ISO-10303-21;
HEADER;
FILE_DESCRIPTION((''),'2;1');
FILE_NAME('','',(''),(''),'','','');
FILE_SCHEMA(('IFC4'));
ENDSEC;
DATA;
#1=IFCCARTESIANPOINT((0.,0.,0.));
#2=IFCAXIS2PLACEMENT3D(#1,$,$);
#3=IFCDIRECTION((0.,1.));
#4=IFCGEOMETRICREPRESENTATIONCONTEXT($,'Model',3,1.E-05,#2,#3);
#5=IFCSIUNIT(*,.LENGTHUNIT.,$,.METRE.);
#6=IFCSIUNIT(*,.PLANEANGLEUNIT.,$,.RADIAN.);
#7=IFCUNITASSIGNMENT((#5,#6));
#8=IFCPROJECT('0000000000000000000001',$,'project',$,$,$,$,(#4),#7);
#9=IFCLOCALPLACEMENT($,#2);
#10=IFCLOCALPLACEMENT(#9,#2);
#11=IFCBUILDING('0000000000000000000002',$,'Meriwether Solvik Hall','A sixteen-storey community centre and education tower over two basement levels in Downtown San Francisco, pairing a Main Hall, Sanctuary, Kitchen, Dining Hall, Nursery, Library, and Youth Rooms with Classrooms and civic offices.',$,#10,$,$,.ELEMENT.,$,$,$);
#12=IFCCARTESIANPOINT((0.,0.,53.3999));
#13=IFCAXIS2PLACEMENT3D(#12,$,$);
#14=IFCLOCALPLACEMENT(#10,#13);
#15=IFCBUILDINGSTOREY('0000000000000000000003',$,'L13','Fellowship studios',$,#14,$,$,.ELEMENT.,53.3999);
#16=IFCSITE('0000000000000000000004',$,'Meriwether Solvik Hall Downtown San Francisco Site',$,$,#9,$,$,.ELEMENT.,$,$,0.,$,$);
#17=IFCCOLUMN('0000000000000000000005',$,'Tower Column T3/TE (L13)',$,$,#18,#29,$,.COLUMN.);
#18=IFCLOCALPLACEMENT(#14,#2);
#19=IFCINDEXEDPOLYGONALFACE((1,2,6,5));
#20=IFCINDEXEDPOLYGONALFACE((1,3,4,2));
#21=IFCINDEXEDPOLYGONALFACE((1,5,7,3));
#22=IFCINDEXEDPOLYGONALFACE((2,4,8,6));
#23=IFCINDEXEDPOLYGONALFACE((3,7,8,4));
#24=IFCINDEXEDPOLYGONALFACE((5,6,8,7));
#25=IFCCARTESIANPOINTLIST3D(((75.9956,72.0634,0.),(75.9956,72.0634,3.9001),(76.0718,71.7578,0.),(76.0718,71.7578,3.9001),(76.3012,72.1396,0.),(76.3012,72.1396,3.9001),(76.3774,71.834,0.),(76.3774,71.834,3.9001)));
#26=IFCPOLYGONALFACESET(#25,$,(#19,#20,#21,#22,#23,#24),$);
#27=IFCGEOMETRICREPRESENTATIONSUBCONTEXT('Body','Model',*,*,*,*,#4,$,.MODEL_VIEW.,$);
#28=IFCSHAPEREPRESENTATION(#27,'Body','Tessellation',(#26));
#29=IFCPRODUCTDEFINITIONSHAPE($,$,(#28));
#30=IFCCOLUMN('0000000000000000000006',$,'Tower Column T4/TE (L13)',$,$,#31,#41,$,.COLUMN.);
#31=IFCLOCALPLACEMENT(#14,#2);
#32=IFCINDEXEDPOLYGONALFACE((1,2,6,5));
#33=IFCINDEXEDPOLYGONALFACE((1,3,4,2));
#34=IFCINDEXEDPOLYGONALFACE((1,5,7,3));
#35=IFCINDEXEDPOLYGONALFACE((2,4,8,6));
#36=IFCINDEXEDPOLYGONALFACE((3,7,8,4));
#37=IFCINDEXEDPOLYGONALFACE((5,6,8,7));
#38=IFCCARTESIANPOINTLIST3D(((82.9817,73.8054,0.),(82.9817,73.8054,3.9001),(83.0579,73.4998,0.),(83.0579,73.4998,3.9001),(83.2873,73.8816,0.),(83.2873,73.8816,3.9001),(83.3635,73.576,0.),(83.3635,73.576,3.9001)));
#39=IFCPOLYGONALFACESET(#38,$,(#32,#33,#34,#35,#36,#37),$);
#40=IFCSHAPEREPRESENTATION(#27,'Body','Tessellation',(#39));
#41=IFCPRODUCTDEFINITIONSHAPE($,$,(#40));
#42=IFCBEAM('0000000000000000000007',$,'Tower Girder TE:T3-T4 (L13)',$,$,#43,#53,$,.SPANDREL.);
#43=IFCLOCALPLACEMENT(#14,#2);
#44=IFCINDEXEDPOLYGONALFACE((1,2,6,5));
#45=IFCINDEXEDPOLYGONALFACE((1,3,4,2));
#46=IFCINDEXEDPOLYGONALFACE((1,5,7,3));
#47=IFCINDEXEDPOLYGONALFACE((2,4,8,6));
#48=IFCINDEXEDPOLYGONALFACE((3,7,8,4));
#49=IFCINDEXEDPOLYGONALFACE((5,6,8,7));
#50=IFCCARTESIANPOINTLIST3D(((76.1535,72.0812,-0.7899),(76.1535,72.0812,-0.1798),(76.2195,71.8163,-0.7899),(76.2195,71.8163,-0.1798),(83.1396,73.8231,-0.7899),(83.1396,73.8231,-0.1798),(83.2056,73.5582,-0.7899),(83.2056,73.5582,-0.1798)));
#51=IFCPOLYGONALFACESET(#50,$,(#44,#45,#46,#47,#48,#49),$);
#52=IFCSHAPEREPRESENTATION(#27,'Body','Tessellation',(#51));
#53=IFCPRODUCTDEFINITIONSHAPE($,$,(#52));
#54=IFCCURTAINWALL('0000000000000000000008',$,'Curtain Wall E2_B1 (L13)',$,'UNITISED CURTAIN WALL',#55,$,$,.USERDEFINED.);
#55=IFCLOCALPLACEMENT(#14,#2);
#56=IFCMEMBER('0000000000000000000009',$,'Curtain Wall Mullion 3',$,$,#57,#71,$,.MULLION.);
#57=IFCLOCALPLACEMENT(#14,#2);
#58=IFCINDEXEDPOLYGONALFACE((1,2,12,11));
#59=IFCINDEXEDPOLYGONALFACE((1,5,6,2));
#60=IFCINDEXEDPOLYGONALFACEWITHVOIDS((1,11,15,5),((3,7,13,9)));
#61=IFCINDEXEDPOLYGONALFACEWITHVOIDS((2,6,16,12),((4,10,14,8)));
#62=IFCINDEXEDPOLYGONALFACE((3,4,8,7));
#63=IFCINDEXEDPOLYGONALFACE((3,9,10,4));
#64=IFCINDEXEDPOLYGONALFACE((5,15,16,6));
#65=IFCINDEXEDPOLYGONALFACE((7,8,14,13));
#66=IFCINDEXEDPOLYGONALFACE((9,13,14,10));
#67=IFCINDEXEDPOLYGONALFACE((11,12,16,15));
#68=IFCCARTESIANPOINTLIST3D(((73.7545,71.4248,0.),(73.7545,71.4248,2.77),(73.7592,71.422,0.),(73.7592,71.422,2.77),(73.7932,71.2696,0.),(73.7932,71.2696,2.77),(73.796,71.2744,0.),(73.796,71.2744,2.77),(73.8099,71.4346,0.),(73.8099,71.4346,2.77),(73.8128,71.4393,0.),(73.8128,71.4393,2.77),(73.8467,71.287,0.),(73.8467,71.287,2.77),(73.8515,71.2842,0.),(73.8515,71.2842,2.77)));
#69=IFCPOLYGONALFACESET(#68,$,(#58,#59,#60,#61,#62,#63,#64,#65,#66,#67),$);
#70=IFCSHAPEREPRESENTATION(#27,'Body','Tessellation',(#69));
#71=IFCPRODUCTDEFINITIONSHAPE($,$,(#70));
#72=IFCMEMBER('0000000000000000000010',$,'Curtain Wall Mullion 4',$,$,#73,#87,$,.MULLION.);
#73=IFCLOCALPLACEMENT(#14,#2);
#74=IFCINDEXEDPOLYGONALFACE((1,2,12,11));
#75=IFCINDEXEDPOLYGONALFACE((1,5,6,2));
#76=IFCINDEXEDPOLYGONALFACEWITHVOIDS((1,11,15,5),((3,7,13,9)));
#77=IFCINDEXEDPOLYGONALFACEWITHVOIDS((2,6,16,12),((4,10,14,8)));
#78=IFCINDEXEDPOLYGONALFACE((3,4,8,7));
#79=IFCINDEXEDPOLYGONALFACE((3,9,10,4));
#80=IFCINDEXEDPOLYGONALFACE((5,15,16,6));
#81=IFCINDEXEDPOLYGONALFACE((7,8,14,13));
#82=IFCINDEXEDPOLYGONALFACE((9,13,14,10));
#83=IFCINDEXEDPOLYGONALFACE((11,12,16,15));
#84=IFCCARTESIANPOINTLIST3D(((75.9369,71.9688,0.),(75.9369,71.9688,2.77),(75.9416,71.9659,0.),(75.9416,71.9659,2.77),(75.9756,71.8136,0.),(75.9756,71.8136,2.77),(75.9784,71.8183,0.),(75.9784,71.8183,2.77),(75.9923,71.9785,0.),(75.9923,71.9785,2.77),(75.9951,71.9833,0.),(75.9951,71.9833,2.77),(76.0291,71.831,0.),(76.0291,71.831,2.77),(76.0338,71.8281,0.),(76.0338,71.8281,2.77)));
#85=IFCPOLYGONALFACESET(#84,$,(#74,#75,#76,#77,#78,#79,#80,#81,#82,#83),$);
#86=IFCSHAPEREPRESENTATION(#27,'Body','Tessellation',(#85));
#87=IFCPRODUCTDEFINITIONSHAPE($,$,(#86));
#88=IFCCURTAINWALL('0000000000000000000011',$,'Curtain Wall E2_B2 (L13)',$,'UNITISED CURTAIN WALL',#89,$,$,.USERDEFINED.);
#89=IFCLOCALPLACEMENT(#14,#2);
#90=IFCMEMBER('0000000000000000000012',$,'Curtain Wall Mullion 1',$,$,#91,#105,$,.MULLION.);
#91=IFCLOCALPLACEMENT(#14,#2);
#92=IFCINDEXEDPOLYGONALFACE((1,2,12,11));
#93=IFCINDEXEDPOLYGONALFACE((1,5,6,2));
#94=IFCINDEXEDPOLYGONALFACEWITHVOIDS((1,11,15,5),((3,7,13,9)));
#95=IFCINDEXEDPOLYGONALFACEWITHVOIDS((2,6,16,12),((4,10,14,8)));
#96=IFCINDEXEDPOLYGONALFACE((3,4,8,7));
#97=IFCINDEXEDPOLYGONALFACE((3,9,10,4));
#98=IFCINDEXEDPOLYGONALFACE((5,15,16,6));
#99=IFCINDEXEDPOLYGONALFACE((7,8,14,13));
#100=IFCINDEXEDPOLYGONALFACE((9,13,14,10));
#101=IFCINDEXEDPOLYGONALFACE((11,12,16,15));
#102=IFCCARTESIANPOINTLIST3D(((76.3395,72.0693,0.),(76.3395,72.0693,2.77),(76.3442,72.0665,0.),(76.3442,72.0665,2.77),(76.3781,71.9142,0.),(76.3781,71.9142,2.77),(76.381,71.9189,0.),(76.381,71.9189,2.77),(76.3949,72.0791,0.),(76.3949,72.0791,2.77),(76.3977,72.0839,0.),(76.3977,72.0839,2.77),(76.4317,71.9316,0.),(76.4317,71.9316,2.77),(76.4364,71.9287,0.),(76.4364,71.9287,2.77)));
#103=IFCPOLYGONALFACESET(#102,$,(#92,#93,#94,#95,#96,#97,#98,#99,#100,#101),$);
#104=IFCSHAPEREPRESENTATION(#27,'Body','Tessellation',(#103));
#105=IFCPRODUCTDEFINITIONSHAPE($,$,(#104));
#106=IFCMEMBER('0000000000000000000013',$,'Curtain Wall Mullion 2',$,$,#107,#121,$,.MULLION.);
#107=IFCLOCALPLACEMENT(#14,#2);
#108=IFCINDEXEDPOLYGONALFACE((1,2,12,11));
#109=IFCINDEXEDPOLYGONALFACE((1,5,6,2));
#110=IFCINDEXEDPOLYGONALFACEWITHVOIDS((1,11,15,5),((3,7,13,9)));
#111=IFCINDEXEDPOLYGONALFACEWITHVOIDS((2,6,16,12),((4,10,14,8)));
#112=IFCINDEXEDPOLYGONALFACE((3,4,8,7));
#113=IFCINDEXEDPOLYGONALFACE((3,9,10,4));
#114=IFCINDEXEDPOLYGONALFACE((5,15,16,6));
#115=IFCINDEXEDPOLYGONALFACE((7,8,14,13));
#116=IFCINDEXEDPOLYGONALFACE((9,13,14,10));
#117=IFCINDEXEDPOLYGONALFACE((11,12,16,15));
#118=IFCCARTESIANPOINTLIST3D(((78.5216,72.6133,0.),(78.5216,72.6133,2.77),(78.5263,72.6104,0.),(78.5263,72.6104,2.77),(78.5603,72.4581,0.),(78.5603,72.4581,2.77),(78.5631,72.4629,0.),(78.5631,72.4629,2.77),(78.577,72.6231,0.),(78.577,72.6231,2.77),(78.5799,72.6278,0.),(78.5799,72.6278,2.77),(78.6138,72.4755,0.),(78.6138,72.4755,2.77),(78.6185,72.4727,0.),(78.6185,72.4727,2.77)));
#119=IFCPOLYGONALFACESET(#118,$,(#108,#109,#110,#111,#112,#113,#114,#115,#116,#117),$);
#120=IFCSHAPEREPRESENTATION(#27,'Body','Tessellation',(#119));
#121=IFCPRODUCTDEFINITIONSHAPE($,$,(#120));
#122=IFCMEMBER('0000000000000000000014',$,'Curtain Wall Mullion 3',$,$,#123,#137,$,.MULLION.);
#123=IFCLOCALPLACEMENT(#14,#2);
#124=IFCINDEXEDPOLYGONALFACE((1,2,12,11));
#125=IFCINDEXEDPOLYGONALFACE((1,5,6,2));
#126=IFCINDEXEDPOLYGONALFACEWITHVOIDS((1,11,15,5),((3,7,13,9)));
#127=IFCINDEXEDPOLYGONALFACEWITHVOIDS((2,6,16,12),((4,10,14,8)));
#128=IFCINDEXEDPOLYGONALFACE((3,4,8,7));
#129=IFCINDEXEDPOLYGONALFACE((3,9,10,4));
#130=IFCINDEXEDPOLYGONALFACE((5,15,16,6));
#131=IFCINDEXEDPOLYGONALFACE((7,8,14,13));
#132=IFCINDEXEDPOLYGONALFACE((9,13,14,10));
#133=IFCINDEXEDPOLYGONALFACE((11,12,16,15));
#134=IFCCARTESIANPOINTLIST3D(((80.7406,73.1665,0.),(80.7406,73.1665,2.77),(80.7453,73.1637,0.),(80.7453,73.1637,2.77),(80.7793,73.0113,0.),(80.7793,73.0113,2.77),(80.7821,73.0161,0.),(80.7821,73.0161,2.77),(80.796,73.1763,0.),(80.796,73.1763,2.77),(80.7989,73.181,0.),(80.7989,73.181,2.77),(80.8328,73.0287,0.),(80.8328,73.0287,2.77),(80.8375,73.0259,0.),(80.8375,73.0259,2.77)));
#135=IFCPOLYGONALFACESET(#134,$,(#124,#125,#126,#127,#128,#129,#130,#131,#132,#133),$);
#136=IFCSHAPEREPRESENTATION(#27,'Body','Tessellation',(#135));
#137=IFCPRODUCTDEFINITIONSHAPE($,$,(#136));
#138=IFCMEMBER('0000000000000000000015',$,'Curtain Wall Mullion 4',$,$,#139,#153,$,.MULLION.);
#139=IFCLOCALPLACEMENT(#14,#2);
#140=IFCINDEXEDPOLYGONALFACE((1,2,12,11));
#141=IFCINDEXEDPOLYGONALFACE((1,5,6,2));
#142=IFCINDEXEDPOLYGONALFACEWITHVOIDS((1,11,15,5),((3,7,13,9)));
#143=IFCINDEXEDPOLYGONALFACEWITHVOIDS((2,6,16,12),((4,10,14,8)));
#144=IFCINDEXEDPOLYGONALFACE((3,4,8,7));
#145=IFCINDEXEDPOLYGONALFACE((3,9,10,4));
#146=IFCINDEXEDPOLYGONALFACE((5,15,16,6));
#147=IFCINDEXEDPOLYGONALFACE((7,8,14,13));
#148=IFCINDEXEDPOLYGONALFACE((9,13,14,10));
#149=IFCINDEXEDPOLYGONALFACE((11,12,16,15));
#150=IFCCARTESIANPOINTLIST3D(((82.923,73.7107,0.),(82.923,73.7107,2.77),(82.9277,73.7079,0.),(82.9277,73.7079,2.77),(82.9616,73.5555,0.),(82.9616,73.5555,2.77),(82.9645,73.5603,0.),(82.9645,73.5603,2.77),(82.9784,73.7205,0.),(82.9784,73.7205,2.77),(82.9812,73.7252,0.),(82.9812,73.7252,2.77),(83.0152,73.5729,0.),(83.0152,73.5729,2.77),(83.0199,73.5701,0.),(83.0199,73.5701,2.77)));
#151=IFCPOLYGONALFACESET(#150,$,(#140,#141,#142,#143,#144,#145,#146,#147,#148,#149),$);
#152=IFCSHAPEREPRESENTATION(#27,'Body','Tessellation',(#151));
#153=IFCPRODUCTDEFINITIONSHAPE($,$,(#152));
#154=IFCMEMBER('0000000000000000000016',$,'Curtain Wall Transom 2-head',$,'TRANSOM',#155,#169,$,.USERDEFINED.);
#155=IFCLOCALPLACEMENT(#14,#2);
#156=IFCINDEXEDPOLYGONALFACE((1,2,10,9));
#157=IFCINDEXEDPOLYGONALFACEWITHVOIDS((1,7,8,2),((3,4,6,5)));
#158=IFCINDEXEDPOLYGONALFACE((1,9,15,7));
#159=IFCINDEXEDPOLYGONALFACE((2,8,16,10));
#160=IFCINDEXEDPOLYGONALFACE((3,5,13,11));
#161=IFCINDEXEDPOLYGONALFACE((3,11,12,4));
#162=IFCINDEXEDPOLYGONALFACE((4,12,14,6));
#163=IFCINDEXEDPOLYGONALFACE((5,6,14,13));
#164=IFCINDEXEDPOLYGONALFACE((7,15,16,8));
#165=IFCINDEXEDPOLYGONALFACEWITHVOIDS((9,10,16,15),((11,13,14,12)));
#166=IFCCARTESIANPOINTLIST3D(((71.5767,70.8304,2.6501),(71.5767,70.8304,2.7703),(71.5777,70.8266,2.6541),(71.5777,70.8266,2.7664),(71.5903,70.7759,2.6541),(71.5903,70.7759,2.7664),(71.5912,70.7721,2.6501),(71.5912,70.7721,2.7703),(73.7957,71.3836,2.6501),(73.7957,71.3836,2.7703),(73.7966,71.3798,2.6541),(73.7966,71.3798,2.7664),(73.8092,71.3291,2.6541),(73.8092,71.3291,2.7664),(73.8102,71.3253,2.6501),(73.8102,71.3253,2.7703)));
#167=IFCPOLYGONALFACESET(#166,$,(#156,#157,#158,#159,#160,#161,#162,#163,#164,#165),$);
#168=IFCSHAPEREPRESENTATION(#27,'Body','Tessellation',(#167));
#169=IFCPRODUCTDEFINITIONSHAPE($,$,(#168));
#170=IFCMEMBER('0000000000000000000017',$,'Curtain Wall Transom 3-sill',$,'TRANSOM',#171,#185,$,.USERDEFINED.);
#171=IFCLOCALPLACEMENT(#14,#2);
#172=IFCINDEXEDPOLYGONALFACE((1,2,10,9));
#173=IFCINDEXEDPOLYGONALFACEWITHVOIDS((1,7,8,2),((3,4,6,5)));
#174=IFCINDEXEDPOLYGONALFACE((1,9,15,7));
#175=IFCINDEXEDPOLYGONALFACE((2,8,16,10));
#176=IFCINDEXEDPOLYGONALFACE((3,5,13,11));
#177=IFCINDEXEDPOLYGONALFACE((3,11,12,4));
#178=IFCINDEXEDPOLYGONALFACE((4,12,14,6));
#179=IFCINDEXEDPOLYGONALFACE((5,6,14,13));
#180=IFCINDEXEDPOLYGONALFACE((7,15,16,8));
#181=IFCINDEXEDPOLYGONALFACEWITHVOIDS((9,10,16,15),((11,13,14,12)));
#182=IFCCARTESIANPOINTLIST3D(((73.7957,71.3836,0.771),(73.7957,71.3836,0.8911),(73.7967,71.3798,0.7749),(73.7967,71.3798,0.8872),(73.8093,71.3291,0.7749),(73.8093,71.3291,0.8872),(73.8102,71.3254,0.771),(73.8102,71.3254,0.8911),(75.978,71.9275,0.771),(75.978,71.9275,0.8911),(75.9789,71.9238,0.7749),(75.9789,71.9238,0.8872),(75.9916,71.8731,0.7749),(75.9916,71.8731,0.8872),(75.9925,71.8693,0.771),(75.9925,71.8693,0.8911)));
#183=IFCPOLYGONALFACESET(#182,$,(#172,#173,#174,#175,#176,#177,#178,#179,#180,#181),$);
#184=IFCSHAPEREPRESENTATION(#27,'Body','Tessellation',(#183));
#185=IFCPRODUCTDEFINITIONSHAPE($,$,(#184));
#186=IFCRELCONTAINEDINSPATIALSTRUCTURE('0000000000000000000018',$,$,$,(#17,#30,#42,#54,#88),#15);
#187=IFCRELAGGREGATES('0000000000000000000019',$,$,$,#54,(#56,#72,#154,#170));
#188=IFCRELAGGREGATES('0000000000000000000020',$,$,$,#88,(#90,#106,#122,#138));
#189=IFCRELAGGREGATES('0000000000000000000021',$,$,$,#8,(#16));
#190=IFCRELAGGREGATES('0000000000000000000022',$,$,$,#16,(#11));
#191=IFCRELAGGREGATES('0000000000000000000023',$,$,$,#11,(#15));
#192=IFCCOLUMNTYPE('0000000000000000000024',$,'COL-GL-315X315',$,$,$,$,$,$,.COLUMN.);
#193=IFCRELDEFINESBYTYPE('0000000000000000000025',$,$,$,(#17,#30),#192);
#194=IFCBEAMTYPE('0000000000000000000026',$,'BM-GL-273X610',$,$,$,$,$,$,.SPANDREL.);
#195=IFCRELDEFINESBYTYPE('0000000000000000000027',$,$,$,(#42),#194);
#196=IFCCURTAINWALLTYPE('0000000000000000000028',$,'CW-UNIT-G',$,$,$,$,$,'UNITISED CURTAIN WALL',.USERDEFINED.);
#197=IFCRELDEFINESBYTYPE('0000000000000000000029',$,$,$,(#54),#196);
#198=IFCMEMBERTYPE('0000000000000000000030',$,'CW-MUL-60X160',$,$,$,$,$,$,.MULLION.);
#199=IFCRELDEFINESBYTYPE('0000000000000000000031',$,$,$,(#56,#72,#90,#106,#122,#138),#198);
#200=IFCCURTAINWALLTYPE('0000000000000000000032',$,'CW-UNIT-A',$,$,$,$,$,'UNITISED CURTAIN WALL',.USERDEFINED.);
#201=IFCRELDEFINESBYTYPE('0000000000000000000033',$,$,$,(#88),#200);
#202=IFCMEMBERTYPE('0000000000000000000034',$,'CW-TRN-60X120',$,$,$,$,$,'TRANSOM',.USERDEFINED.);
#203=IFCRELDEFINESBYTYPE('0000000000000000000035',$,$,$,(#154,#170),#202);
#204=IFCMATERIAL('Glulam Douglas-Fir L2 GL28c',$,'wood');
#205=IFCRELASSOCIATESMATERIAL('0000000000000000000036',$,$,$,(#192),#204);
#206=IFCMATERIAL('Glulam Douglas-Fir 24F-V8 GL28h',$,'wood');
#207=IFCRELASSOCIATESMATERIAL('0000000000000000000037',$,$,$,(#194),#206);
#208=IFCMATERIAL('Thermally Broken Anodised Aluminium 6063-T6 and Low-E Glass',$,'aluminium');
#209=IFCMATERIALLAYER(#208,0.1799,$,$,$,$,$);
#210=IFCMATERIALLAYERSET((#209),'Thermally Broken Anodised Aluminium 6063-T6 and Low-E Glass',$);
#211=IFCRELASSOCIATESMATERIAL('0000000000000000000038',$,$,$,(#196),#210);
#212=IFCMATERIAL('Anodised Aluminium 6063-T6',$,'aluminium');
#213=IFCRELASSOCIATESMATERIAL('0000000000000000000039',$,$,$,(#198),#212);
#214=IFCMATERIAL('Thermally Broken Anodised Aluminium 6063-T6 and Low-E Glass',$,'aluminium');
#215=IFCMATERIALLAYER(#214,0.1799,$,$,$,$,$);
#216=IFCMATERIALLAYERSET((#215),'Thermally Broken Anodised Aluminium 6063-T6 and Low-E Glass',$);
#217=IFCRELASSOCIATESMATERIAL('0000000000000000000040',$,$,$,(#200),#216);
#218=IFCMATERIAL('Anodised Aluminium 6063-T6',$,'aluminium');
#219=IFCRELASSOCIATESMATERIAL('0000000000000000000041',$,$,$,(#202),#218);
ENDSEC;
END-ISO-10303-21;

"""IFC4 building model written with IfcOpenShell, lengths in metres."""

from ifc_helpers import new_model, si_unit, direction, frame, origin, origin_2d, place, context, subcontext, project, spatial, rectangle, hollow_rectangle, extrude, material, layer, layer_set, material_profile, profile_set, type_object, element, aggregate, save


model = new_model("IFC4")

# Units and contexts
model_context = context("Model", 3, precision=1e-05, world=origin(), true_north=direction((0.0, 1.0)))
body_context = subcontext(model_context, "Body", "Model", "MODEL_VIEW")
ifc_project = project(units=[si_unit("LENGTHUNIT", "METRE"), si_unit("PLANEANGLEUNIT", "RADIAN")], contexts=[model_context])

# Site, building, storey
site_placement = place(None, origin())
site = spatial("IfcSite", under=ifc_project, at=site_placement, Name="Meriwether Solvik Hall Downtown San Francisco Site", CompositionType="ELEMENT", RefElevation=0.0)
building_placement = place(site_placement, origin())
building = spatial("IfcBuilding", under=site, at=building_placement, Name="Meriwether Solvik Hall", Description="A sixteen-storey community centre and education tower over two basement levels in Downtown San Francisco, pairing a Main Hall, Sanctuary, Kitchen, Dining Hall, Nursery, Library, and Youth Rooms with Classrooms and civic offices.", CompositionType="ELEMENT")
storey_placement = place(building_placement, frame((0.0, 0.0, 53.3999)))
storey = spatial("IfcBuildingStorey", under=building, at=storey_placement, Name="L13", Description="Fellowship studios", CompositionType="ELEMENT", Elevation=53.3999)

# Columns
ifc_material_1 = material(Name="Glulam Douglas-Fir L2 GL28c", Category="wood")
ifc_material_profile_1 = material_profile(ifc_material_1, rectangle(XDim=0.3149, YDim=0.3149, at=origin_2d()), Name="GLC-315X315")
ifc_profile_set_1 = profile_set([ifc_material_profile_1], Name="Glulam Douglas-Fir L2 GL28c")
column_type = type_object("IfcColumnType", Name="COL-GL-315X315", PredefinedType="COLUMN", material=ifc_profile_set_1)
for number, where, z_axis, x_axis, name in (
    (1, (76.1865, 71.9487, 0.0), (0.0, 0.0, 1.0), (0.970296, 0.241922, 0.0), "Tower Column T3/TE (L13)"),
    (2, (83.1726, 73.6907, 0.0), (0.0, 0.0, 1.0), (0.970296, 0.241922, 0.0), "Tower Column T4/TE (L13)"),
):
    element("IfcColumn", number, at=place(storey_placement, frame(where, z_axis=z_axis, x_axis=x_axis)), inside=storey, type_object=column_type, Name=name, PredefinedType="COLUMN", context=body_context, shape_type="SweptSolid", body=[
        extrude(rectangle(XDim=0.3149, YDim=0.3149, at=origin_2d()), origin(), (0.0, 0.0, 1.0), 3.9001),
    ])

# Beam
ifc_material_2 = material(Name="Glulam Douglas-Fir 24F-V8 GL28h", Category="wood")
ifc_material_profile_2 = material_profile(ifc_material_2, rectangle(XDim=0.2729, YDim=0.6101, at=origin_2d()), Name="GLB-273X610")
ifc_profile_set_2 = profile_set([ifc_material_profile_2], Name="Glulam Douglas-Fir 24F-V8 GL28h")
beam_type_1 = type_object("IfcBeamType", Name="BM-GL-273X610", PredefinedType="SPANDREL", material=ifc_profile_set_2)
beam_1_placement = place(storey_placement, frame((76.1865, 71.9487, -0.4849), z_axis=(0.970292, 0.241937, 0.0), x_axis=(-0.241937, 0.970292, 0.0)))
element("IfcBeam", 3, at=beam_1_placement, inside=storey, type_object=beam_type_1, Name="Tower Girder TE:T3-T4 (L13)", PredefinedType="SPANDREL", context=body_context, shape_type="SweptSolid", body=[
    extrude(rectangle(XDim=0.2729, YDim=0.6101, at=origin_2d()), origin(), (0.0, 0.0, 1.0), 7.2),
])

# Curtain walls, members
ifc_material_3 = material(Name="Thermally Broken Anodised Aluminium 6063-T6 and Low-E Glass", Category="aluminium")
ifc_layer_1 = layer(ifc_material_3, 0.1799)
ifc_layer_set_1 = layer_set([ifc_layer_1], Name="Thermally Broken Anodised Aluminium 6063-T6 and Low-E Glass")
curtain_wall_type_1 = type_object("IfcCurtainWallType", Name="CW-UNIT-G", ElementType="UNITISED CURTAIN WALL", PredefinedType="USERDEFINED", material=ifc_layer_set_1)
curtain_wall_1_placement = place(storey_placement, origin())
curtain_wall_1 = element("IfcCurtainWall", 4, at=curtain_wall_1_placement, inside=storey, type_object=curtain_wall_type_1, Name="Curtain Wall E2_B1 (L13)", ObjectType="UNITISED CURTAIN WALL", PredefinedType="USERDEFINED")
ifc_material_4 = material(Name="Anodised Aluminium 6063-T6", Category="aluminium")
ifc_material_profile_3 = material_profile(ifc_material_4, hollow_rectangle(XDim=0.0601, YDim=0.1599, WallThickness=0.0039, at=origin_2d()), Name="CWM-60X160")
ifc_profile_set_3 = profile_set([ifc_material_profile_3], Name="Anodised Aluminium 6063-T6")
member_type_1 = type_object("IfcMemberType", Name="CW-MUL-60X160", PredefinedType="MULLION", material=ifc_profile_set_3)
member_1_placement = place(storey_placement, frame((73.803, 71.3545, 0.0), z_axis=(0.0, 0.0, 1.0), x_axis=(0.970296, 0.241922, 0.0)))
member_1 = element("IfcMember", 5, at=member_1_placement, type_object=member_type_1, Name="Curtain Wall Mullion 3", PredefinedType="MULLION", context=body_context, shape_type="SweptSolid", body=[
    extrude(hollow_rectangle(XDim=0.0601, YDim=0.1599, WallThickness=0.0039, at=origin_2d()), origin(), (0.0, 0.0, 1.0), 2.77),
])
member_2_placement = place(storey_placement, frame((75.9854, 71.8984, 0.0), z_axis=(0.0, 0.0, 1.0), x_axis=(0.970296, 0.241922, 0.0)))
member_2 = element("IfcMember", 6, at=member_2_placement, type_object=member_type_1, Name="Curtain Wall Mullion 4", PredefinedType="MULLION", context=body_context, shape_type="SweptSolid", body=[
    extrude(hollow_rectangle(XDim=0.0601, YDim=0.1599, WallThickness=0.0039, at=origin_2d()), origin(), (0.0, 0.0, 1.0), 2.77),
])
ifc_material_5 = material(Name="Thermally Broken Anodised Aluminium 6063-T6 and Low-E Glass", Category="aluminium")
ifc_layer_2 = layer(ifc_material_5, 0.1799)
ifc_layer_set_2 = layer_set([ifc_layer_2], Name="Thermally Broken Anodised Aluminium 6063-T6 and Low-E Glass")
curtain_wall_type_2 = type_object("IfcCurtainWallType", Name="CW-UNIT-A", ElementType="UNITISED CURTAIN WALL", PredefinedType="USERDEFINED", material=ifc_layer_set_2)
curtain_wall_2_placement = place(storey_placement, origin())
curtain_wall_2 = element("IfcCurtainWall", 7, at=curtain_wall_2_placement, inside=storey, type_object=curtain_wall_type_2, Name="Curtain Wall E2_B2 (L13)", ObjectType="UNITISED CURTAIN WALL", PredefinedType="USERDEFINED")
member_3_placement = place(storey_placement, frame((76.3879, 71.999, 0.0), z_axis=(0.0, 0.0, 1.0), x_axis=(0.970296, 0.241922, 0.0)))
member_3 = element("IfcMember", 8, at=member_3_placement, type_object=member_type_1, Name="Curtain Wall Mullion 1", PredefinedType="MULLION", context=body_context, shape_type="SweptSolid", body=[
    extrude(hollow_rectangle(XDim=0.0601, YDim=0.1599, WallThickness=0.0039, at=origin_2d()), origin(), (0.0, 0.0, 1.0), 2.77),
])
member_4_placement = place(storey_placement, frame((78.5701, 72.543, 0.0), z_axis=(0.0, 0.0, 1.0), x_axis=(0.970296, 0.241922, 0.0)))
member_4 = element("IfcMember", 9, at=member_4_placement, type_object=member_type_1, Name="Curtain Wall Mullion 2", PredefinedType="MULLION", context=body_context, shape_type="SweptSolid", body=[
    extrude(hollow_rectangle(XDim=0.0601, YDim=0.1599, WallThickness=0.0039, at=origin_2d()), origin(), (0.0, 0.0, 1.0), 2.77),
])
member_5_placement = place(storey_placement, frame((80.7891, 73.0962, 0.0), z_axis=(0.0, 0.0, 1.0), x_axis=(0.970296, 0.241922, 0.0)))
member_5 = element("IfcMember", 10, at=member_5_placement, type_object=member_type_1, Name="Curtain Wall Mullion 3", PredefinedType="MULLION", context=body_context, shape_type="SweptSolid", body=[
    extrude(hollow_rectangle(XDim=0.0601, YDim=0.1599, WallThickness=0.0039, at=origin_2d()), origin(), (0.0, 0.0, 1.0), 2.77),
])
member_6_placement = place(storey_placement, frame((82.9714, 73.6404, 0.0), z_axis=(0.0, 0.0, 1.0), x_axis=(0.970296, 0.241922, 0.0)))
member_6 = element("IfcMember", 11, at=member_6_placement, type_object=member_type_1, Name="Curtain Wall Mullion 4", PredefinedType="MULLION", context=body_context, shape_type="SweptSolid", body=[
    extrude(hollow_rectangle(XDim=0.0601, YDim=0.1599, WallThickness=0.0039, at=origin_2d()), origin(), (0.0, 0.0, 1.0), 2.77),
])

# Members
ifc_material_6 = material(Name="Anodised Aluminium 6063-T6", Category="aluminium")
ifc_material_profile_4 = material_profile(ifc_material_6, hollow_rectangle(XDim=0.0601, YDim=0.1201, WallThickness=0.0039, at=origin_2d()), Name="CWT-60X120")
ifc_profile_set_4 = profile_set([ifc_material_profile_4], Name="Anodised Aluminium 6063-T6")
member_type_2 = type_object("IfcMemberType", Name="CW-TRN-60X120", ElementType="TRANSOM", PredefinedType="USERDEFINED", material=ifc_profile_set_4)
member_7_placement = place(storey_placement, frame((71.584, 70.8013, 2.7102), z_axis=(0.970299, 0.241908, 0.0), x_axis=(-0.241908, 0.970299, 0.0)))
member_7 = element("IfcMember", 12, at=member_7_placement, type_object=member_type_2, Name="Curtain Wall Transom 2-head", ObjectType="TRANSOM", PredefinedType="USERDEFINED", context=body_context, shape_type="SweptSolid", body=[
    extrude(hollow_rectangle(XDim=0.0601, YDim=0.1201, WallThickness=0.0039, at=origin_2d()), origin(), (0.0, 0.0, 1.0), 2.2869),
])
member_8_placement = place(storey_placement, frame((73.803, 71.3545, 0.8311), z_axis=(0.970315, 0.241846, 0.0), x_axis=(-0.241846, 0.970315, 0.0)))
member_8 = element("IfcMember", 13, at=member_8_placement, type_object=member_type_2, Name="Curtain Wall Transom 3-sill", ObjectType="TRANSOM", PredefinedType="USERDEFINED", context=body_context, shape_type="SweptSolid", body=[
    extrude(hollow_rectangle(XDim=0.0601, YDim=0.1201, WallThickness=0.0039, at=origin_2d()), origin(), (0.0, 0.0, 1.0), 2.249),
])

aggregate(curtain_wall_1, [member_1, member_2, member_7, member_8])
aggregate(curtain_wall_2, [member_3, member_4, member_5, member_6])

save(model, "model.ifc")
